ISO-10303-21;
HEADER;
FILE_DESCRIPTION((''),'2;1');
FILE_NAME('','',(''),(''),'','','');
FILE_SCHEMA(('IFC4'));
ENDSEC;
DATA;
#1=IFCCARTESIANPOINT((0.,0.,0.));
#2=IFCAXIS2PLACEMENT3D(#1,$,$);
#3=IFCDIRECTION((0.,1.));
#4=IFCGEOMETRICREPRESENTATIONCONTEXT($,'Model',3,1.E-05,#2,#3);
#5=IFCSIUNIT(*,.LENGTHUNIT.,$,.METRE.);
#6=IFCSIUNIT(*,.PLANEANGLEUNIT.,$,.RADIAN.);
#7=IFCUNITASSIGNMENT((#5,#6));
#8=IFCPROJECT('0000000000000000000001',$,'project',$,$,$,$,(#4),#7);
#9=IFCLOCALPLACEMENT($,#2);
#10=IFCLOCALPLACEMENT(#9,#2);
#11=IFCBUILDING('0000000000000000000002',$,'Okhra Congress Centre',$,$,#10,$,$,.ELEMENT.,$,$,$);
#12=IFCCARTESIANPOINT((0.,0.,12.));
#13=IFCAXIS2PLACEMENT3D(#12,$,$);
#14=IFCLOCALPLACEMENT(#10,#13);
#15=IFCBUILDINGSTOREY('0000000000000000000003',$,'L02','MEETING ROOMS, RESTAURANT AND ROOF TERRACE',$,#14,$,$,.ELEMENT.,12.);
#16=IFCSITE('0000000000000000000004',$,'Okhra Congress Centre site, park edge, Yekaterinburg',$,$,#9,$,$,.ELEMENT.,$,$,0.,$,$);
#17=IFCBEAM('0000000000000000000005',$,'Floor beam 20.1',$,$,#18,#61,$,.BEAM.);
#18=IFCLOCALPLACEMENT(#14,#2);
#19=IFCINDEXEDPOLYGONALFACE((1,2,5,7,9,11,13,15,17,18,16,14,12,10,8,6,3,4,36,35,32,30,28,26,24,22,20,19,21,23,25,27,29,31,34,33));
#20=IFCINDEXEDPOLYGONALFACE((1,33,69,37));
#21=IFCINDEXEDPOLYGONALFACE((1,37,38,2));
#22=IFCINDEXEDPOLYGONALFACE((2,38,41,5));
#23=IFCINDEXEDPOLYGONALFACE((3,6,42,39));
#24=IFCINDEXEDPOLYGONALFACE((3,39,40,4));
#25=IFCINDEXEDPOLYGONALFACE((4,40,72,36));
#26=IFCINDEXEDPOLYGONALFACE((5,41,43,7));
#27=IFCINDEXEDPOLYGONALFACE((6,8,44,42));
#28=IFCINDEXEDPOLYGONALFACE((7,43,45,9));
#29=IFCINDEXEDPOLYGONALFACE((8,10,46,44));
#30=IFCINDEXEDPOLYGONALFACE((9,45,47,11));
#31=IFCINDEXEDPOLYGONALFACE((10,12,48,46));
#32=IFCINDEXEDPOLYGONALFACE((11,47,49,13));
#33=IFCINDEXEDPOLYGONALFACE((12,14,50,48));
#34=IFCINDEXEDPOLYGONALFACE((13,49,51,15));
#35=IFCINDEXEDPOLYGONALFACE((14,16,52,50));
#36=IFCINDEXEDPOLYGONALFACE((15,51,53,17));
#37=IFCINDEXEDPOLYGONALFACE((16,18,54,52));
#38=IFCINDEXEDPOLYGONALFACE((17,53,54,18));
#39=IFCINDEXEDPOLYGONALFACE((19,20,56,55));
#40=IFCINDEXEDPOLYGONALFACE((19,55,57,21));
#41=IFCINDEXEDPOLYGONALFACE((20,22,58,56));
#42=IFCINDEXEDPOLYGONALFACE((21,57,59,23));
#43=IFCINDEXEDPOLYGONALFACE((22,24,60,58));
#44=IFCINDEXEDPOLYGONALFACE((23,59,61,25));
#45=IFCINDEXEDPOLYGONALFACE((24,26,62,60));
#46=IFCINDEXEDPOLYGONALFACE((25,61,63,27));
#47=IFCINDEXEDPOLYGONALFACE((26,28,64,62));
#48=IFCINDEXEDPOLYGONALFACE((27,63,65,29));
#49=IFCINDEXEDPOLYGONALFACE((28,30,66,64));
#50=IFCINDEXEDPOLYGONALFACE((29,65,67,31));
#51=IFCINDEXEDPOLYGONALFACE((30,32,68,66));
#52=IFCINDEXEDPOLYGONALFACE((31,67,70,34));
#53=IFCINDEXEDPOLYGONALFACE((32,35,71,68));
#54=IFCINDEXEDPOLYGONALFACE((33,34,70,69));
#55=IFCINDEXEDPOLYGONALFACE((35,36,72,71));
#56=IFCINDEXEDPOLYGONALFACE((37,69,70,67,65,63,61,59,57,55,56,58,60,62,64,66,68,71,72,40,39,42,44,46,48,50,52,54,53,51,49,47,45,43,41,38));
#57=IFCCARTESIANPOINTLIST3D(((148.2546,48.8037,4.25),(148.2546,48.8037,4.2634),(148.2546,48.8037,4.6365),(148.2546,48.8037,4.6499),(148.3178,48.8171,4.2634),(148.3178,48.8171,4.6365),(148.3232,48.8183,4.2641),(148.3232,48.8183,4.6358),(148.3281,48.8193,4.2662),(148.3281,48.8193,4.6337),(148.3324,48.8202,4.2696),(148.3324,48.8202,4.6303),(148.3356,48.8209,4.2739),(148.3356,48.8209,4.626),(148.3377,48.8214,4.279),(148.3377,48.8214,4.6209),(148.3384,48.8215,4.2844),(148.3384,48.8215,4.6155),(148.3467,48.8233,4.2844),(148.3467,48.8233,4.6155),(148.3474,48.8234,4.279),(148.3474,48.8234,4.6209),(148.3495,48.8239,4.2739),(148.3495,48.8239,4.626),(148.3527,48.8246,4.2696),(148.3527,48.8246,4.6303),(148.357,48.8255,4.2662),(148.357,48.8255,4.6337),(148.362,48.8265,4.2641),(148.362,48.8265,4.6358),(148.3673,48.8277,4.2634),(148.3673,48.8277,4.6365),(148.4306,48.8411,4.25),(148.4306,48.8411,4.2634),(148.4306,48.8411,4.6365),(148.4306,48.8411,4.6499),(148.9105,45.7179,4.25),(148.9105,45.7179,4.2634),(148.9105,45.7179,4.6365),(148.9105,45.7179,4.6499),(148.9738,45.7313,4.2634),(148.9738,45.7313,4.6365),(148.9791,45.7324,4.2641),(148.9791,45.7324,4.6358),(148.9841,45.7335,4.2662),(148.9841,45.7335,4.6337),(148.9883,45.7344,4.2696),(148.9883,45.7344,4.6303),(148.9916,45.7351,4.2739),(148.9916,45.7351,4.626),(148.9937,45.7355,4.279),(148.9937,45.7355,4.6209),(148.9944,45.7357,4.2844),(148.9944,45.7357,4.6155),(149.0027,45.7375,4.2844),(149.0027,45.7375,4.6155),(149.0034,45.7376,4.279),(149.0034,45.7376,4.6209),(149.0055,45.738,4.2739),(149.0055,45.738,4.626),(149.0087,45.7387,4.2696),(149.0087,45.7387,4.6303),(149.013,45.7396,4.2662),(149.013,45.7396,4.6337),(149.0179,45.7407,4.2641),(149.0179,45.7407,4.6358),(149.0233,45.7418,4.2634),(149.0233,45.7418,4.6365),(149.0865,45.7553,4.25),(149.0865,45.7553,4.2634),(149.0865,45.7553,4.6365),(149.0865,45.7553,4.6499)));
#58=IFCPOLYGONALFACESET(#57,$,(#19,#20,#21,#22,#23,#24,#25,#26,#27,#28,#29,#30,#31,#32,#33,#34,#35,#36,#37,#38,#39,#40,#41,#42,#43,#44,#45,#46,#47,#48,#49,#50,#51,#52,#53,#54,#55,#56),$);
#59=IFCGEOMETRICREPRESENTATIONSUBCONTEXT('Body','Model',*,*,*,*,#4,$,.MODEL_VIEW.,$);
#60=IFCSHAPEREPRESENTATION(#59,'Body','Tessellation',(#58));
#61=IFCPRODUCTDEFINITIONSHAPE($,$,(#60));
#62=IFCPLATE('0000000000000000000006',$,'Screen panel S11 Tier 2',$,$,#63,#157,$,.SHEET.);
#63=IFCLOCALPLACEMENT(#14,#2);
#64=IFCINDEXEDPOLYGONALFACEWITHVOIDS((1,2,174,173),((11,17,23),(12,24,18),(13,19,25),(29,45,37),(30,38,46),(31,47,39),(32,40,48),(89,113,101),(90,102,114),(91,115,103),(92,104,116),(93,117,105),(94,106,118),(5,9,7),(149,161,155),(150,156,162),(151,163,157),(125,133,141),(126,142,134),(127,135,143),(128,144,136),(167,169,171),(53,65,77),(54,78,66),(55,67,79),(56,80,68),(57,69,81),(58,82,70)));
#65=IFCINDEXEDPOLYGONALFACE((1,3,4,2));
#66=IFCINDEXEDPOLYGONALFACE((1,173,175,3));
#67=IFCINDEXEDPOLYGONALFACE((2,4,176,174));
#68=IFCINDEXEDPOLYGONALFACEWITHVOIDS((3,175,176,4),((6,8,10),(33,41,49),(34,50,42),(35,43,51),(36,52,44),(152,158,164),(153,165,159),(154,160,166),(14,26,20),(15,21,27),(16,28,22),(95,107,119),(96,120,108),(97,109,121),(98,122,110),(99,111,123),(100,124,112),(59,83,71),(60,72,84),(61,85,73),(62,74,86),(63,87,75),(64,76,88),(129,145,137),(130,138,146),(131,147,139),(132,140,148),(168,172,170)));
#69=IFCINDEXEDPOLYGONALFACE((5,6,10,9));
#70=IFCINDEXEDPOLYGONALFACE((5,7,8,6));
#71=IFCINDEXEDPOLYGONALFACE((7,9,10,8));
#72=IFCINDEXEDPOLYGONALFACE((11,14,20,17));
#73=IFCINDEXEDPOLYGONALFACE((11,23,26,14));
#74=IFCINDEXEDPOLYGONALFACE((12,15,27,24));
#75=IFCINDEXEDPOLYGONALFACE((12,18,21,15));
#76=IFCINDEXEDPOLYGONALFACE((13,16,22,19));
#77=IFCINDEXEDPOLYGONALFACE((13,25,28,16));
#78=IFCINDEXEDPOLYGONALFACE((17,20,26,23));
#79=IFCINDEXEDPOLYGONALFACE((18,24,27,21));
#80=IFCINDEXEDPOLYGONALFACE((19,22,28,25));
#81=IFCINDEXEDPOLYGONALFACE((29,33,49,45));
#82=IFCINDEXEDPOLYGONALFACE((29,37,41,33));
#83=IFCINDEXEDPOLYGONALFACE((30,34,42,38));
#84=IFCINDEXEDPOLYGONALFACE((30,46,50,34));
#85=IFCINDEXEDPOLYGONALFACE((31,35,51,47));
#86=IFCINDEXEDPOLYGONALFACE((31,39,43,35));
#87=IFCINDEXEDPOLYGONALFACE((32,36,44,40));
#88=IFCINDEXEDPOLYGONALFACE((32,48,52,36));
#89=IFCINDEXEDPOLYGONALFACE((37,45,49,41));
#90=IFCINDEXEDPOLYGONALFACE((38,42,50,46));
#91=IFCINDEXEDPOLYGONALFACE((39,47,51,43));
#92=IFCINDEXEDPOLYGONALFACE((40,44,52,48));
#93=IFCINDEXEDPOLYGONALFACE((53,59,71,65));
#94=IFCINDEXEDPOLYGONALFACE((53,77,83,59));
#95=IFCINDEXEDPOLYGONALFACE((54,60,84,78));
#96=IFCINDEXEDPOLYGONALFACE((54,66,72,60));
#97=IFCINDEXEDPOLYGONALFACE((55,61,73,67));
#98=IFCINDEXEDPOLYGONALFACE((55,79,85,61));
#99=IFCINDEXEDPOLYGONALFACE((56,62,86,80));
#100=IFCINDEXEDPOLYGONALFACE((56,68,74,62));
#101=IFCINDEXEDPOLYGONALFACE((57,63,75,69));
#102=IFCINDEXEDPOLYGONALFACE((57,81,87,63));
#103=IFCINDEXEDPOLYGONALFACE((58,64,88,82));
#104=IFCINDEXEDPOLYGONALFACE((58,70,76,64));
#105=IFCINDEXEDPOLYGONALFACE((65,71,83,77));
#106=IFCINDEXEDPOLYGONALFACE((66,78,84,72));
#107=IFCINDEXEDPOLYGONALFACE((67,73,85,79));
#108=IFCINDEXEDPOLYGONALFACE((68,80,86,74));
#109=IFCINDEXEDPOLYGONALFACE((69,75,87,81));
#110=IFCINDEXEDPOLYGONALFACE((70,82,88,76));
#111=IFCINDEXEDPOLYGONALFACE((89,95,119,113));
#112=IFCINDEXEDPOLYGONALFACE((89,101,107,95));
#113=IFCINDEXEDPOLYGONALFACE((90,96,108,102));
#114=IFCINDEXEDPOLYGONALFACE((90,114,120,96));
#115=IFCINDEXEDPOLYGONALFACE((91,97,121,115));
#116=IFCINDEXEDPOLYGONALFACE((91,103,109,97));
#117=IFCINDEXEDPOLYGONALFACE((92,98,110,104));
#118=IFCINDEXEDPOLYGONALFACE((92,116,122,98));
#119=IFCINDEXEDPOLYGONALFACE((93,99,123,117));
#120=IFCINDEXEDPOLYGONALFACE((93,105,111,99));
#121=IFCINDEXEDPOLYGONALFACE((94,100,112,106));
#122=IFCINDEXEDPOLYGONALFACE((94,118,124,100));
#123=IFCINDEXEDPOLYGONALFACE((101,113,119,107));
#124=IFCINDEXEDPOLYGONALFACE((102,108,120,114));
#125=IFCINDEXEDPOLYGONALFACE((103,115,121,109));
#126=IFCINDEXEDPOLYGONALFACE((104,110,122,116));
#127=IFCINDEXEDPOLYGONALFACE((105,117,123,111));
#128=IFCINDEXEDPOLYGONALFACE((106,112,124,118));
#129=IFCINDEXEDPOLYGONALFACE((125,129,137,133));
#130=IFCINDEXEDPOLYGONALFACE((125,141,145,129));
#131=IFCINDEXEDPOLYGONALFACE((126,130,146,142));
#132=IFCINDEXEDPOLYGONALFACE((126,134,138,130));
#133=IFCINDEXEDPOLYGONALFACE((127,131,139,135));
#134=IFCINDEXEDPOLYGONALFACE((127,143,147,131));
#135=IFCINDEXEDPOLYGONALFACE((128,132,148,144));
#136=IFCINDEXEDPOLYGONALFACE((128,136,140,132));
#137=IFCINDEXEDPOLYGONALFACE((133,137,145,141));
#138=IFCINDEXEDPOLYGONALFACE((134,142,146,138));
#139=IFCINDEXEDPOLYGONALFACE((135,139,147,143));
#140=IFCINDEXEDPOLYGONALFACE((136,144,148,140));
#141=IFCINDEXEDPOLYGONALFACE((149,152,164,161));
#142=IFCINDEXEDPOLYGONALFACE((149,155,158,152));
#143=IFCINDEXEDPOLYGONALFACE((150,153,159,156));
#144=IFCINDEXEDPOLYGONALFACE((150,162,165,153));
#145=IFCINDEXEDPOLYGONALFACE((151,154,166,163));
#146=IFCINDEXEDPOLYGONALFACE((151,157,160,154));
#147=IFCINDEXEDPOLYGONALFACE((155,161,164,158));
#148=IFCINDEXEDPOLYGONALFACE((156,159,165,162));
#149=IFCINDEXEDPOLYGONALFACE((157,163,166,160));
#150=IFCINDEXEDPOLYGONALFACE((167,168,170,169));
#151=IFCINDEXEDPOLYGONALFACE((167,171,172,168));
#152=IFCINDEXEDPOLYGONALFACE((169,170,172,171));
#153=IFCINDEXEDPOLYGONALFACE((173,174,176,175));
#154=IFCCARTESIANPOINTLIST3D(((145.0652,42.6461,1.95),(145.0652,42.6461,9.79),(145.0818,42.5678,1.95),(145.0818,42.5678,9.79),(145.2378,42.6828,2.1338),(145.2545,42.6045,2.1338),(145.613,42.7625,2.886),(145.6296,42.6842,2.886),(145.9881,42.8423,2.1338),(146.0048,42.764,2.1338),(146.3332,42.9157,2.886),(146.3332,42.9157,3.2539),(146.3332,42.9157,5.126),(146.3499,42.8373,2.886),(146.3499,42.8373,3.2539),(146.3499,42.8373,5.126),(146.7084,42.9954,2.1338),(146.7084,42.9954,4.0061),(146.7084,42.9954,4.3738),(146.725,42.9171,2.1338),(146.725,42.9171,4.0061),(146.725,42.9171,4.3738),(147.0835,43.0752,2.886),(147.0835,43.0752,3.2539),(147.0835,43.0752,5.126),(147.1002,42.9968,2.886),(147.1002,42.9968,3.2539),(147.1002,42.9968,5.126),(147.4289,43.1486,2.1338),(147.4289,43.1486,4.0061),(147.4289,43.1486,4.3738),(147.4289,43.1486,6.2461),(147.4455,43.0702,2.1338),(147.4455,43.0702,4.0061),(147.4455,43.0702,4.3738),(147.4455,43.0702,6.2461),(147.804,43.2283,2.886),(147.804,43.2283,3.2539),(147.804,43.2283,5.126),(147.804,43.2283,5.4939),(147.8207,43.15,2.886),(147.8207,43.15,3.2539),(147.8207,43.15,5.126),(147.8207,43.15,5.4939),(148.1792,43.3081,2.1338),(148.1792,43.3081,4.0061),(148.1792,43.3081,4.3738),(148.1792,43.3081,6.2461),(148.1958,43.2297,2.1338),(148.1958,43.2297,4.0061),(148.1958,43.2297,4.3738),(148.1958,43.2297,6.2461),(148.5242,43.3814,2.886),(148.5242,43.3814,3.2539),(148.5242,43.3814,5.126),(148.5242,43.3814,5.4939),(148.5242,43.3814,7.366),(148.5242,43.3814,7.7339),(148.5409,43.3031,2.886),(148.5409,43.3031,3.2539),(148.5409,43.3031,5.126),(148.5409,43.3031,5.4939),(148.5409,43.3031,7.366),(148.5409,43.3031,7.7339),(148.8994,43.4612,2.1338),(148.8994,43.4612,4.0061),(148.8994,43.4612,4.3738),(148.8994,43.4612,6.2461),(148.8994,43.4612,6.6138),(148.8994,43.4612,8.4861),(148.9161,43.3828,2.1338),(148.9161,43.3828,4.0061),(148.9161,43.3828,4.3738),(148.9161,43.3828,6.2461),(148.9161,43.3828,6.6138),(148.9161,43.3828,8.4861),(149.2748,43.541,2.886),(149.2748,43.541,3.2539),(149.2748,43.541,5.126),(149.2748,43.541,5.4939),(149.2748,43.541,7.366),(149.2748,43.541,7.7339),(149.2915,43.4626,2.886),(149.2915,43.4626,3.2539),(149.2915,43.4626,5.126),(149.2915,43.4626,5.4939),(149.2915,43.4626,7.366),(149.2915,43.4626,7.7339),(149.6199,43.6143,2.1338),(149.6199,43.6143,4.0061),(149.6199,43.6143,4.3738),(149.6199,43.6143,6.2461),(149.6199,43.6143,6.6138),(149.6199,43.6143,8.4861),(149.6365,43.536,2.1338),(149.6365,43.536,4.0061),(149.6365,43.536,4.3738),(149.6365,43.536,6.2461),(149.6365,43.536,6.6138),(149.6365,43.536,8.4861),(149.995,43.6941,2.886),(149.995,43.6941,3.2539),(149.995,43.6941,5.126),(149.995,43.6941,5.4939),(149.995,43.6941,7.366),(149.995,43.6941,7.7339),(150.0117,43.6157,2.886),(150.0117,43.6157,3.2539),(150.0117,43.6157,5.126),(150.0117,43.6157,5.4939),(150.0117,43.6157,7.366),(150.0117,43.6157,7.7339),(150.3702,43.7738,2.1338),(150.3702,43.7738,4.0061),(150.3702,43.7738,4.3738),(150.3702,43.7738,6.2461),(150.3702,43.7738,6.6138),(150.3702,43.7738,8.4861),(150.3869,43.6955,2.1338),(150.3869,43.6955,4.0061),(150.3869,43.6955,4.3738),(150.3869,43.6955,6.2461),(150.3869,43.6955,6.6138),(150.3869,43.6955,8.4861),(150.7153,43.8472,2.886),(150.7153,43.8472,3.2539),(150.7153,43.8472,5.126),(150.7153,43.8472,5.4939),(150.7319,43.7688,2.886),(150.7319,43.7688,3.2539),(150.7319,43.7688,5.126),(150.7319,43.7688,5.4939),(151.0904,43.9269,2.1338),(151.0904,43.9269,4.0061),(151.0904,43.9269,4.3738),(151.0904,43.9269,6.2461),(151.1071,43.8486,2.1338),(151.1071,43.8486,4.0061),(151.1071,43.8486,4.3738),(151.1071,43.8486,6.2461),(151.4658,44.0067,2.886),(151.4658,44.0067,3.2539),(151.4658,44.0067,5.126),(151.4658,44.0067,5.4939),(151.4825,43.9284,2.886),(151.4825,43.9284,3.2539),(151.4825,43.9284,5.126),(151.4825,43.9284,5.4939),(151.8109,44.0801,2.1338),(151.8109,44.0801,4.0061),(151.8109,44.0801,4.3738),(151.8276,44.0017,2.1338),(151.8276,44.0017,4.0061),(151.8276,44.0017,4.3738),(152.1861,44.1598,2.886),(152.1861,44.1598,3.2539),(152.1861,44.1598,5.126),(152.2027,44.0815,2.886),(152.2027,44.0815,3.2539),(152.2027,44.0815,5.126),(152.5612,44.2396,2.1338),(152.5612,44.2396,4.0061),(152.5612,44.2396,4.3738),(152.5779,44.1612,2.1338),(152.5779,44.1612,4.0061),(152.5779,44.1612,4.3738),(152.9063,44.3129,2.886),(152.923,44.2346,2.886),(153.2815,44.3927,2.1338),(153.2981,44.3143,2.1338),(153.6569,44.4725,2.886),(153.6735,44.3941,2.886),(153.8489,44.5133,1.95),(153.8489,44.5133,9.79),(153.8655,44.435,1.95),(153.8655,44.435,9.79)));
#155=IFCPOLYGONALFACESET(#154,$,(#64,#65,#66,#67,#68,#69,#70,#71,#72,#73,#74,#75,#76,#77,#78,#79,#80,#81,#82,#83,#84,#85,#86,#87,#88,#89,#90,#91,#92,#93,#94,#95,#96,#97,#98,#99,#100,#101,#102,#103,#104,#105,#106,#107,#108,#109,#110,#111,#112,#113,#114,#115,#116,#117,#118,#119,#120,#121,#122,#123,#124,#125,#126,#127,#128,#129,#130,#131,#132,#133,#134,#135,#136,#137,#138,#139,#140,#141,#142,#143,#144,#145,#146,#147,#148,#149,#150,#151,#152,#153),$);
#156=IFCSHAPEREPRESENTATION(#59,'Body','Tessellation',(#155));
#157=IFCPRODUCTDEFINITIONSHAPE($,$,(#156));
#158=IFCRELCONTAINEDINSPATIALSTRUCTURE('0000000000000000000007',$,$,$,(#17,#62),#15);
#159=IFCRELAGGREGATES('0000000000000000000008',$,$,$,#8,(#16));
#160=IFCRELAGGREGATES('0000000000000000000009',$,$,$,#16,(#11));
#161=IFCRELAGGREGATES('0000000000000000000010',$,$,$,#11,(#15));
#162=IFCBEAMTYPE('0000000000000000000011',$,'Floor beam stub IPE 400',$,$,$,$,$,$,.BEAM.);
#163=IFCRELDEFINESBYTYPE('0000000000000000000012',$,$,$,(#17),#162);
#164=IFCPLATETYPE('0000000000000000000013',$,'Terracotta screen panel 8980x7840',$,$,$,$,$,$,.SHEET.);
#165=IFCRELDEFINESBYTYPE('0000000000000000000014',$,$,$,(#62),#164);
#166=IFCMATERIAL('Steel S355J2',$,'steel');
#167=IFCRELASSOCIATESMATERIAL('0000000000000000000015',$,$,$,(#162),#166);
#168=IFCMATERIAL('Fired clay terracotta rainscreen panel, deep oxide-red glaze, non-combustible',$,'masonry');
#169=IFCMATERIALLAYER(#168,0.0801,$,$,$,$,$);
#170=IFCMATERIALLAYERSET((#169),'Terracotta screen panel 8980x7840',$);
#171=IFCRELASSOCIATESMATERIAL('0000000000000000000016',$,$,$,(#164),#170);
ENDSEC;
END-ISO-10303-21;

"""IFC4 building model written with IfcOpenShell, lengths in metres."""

from ifc_helpers import new_model, si_unit, direction, frame, origin, origin_2d, place, context, subcontext, project, spatial, polyline, i_section, outline, extrude, material, layer, layer_set, material_profile, profile_set, type_object, element, save


model = new_model("IFC4")

# Units and contexts
model_context = context("Model", 3, precision=1e-05, world=origin(), true_north=direction((0.0, 1.0)))
body_context = subcontext(model_context, "Body", "Model", "MODEL_VIEW")
ifc_project = project(units=[si_unit("LENGTHUNIT", "METRE"), si_unit("PLANEANGLEUNIT", "RADIAN")], contexts=[model_context])

# Site, building, storey
site_placement = place(None, origin())
site = spatial("IfcSite", under=ifc_project, at=site_placement, Name="Okhra Congress Centre site, park edge, Yekaterinburg", CompositionType="ELEMENT", RefElevation=0.0)
building_placement = place(site_placement, origin())
building = spatial("IfcBuilding", under=site, at=building_placement, Name="Okhra Congress Centre", CompositionType="ELEMENT")
storey_placement = place(building_placement, frame((0.0, 0.0, 12.0)))
storey = spatial("IfcBuildingStorey", under=building, at=storey_placement, Name="L02", Description="MEETING ROOMS, RESTAURANT AND ROOF TERRACE", CompositionType="ELEMENT", Elevation=12.0)

# Shared definitions
ifc_material_1 = material(Name="Steel S355J2", Category="steel")

# Beam
ifc_material_profile_1 = material_profile(ifc_material_1, i_section(OverallWidth=0.1799, OverallDepth=0.3999, WebThickness=0.0085, FlangeThickness=0.0134, FilletRadius=0.021, at=origin_2d()), Name="IPE 400")
ifc_profile_set_1 = profile_set([ifc_material_profile_1], Name="Steel S355J2")
beam_type_1 = type_object("IfcBeamType", Name="Floor beam stub IPE 400", PredefinedType="BEAM", material=ifc_profile_set_1)
beam_1_placement = place(storey_placement, frame((148.9985, 45.7366, 4.45), z_axis=(-0.207933, 0.978143, 0.0), x_axis=(-0.978143, -0.207933, 0.0)))
element("IfcBeam", 1, at=beam_1_placement, inside=storey, type_object=beam_type_1, Name="Floor beam 20.1", PredefinedType="BEAM", context=body_context, shape_type="SweptSolid", body=[
    extrude(i_section(OverallWidth=0.1799, OverallDepth=0.3999, WebThickness=0.0085, FlangeThickness=0.0134, FilletRadius=0.021, at=origin_2d()), origin(), (0.0, 0.0, 1.0), 3.1548),
])

# Plate
ifc_material_2 = material(Name="Fired clay terracotta rainscreen panel, deep oxide-red glaze, non-combustible", Category="masonry")
ifc_layer_1 = layer(ifc_material_2, 0.0801)
ifc_layer_set_1 = layer_set([ifc_layer_1], Name="Terracotta screen panel 8980x7840")
plate_type = type_object("IfcPlateType", Name="Terracotta screen panel 8980x7840", PredefinedType="SHEET", material=ifc_layer_set_1)
plate_placement = place(storey_placement, frame((145.0735, 42.6069, 1.95), z_axis=(0.0, 0.0, 1.0), x_axis=(0.978144, 0.207928, 0.0)))
element("IfcPlate", 2, at=plate_placement, inside=storey, type_object=plate_type, Name="Screen panel S11 Tier 2", PredefinedType="SHEET", context=body_context, shape_type="SweptSolid", body=[
    extrude(outline(polyline([(0.0, 0.0), (8.98, 0.0), (8.98, 7.8401), (0.0, 7.8401), (0.0, 0.0)]), holes=[polyline([(0.1765, 0.1838), (0.9436, 0.1838), (0.5601, 0.936), (0.1765, 0.1838)]), polyline([(1.2964, 0.936), (1.6799, 0.1838), (2.0635, 0.936), (1.2964, 0.936)]), polyline([(2.4165, 0.1838), (3.1836, 0.1838), (2.8, 0.936), (2.4165, 0.1838)]), polyline([(3.5364, 0.936), (3.9199, 0.1838), (4.3037, 0.936), (3.5364, 0.936)]), polyline([(4.6565, 0.1838), (5.4236, 0.1838), (5.04, 0.936), (4.6565, 0.1838)]), polyline([(5.7764, 0.936), (6.1599, 0.1838), (6.5437, 0.936), (5.7764, 0.936)]), polyline([(6.8965, 0.1838), (7.6636, 0.1838), (7.28, 0.936), (6.8965, 0.1838)]), polyline([(8.0164, 0.936), (8.3999, 0.1838), (8.7837, 0.936), (8.0164, 0.936)]), polyline([(1.2964, 1.304), (2.0635, 1.304), (1.6799, 2.0562), (1.2964, 1.304)]), polyline([(2.4165, 2.0562), (2.8, 1.304), (3.1836, 2.0562), (2.4165, 2.0562)]), polyline([(3.5364, 1.304), (4.3037, 1.304), (3.9199, 2.0562), (3.5364, 1.304)]), polyline([(4.6565, 2.0562), (5.04, 1.304), (5.4236, 2.0562), (4.6565, 2.0562)]), polyline([(5.7764, 1.304), (6.5437, 1.304), (6.1599, 2.0562), (5.7764, 1.304)]), polyline([(6.8965, 2.0562), (7.28, 1.304), (7.6636, 2.0562), (6.8965, 2.0562)]), polyline([(1.2964, 3.176), (1.6799, 2.4238), (2.0635, 3.176), (1.2964, 3.176)]), polyline([(2.4165, 2.4238), (3.1836, 2.4238), (2.8, 3.176), (2.4165, 2.4238)]), polyline([(3.5364, 3.176), (3.9199, 2.4238), (4.3037, 3.176), (3.5364, 3.176)]), polyline([(4.6565, 2.4238), (5.4236, 2.4238), (5.04, 3.176), (4.6565, 2.4238)]), polyline([(5.7764, 3.176), (6.1599, 2.4238), (6.5437, 3.176), (5.7764, 3.176)]), polyline([(6.8965, 2.4238), (7.6636, 2.4238), (7.28, 3.176), (6.8965, 2.4238)]), polyline([(2.4165, 4.2961), (2.8, 3.5439), (3.1836, 4.2961), (2.4165, 4.2961)]), polyline([(3.5364, 3.5439), (4.3037, 3.5439), (3.9199, 4.2961), (3.5364, 3.5439)]), polyline([(4.6565, 4.2961), (5.04, 3.5439), (5.4236, 4.2961), (4.6565, 4.2961)]), polyline([(5.7764, 3.5439), (6.5437, 3.5439), (6.1599, 4.2961), (5.7764, 3.5439)]), polyline([(3.5364, 5.416), (3.9199, 4.6638), (4.3037, 5.416), (3.5364, 5.416)]), polyline([(4.6565, 4.6638), (5.4236, 4.6638), (5.04, 5.416), (4.6565, 4.6638)]), polyline([(3.5364, 5.7839), (4.3037, 5.7839), (3.9199, 6.5361), (3.5364, 5.7839)]), polyline([(4.6565, 6.5361), (5.04, 5.7839), (5.4236, 6.5361), (4.6565, 6.5361)])]), frame((0.0, 0.04, 0.0), z_axis=(0.0, -1.0, 0.0), x_axis=(1.0, 0.0, 0.0)), (0.0, 0.0, 1.0), 0.0801),
])

save(model, "model.ifc")
